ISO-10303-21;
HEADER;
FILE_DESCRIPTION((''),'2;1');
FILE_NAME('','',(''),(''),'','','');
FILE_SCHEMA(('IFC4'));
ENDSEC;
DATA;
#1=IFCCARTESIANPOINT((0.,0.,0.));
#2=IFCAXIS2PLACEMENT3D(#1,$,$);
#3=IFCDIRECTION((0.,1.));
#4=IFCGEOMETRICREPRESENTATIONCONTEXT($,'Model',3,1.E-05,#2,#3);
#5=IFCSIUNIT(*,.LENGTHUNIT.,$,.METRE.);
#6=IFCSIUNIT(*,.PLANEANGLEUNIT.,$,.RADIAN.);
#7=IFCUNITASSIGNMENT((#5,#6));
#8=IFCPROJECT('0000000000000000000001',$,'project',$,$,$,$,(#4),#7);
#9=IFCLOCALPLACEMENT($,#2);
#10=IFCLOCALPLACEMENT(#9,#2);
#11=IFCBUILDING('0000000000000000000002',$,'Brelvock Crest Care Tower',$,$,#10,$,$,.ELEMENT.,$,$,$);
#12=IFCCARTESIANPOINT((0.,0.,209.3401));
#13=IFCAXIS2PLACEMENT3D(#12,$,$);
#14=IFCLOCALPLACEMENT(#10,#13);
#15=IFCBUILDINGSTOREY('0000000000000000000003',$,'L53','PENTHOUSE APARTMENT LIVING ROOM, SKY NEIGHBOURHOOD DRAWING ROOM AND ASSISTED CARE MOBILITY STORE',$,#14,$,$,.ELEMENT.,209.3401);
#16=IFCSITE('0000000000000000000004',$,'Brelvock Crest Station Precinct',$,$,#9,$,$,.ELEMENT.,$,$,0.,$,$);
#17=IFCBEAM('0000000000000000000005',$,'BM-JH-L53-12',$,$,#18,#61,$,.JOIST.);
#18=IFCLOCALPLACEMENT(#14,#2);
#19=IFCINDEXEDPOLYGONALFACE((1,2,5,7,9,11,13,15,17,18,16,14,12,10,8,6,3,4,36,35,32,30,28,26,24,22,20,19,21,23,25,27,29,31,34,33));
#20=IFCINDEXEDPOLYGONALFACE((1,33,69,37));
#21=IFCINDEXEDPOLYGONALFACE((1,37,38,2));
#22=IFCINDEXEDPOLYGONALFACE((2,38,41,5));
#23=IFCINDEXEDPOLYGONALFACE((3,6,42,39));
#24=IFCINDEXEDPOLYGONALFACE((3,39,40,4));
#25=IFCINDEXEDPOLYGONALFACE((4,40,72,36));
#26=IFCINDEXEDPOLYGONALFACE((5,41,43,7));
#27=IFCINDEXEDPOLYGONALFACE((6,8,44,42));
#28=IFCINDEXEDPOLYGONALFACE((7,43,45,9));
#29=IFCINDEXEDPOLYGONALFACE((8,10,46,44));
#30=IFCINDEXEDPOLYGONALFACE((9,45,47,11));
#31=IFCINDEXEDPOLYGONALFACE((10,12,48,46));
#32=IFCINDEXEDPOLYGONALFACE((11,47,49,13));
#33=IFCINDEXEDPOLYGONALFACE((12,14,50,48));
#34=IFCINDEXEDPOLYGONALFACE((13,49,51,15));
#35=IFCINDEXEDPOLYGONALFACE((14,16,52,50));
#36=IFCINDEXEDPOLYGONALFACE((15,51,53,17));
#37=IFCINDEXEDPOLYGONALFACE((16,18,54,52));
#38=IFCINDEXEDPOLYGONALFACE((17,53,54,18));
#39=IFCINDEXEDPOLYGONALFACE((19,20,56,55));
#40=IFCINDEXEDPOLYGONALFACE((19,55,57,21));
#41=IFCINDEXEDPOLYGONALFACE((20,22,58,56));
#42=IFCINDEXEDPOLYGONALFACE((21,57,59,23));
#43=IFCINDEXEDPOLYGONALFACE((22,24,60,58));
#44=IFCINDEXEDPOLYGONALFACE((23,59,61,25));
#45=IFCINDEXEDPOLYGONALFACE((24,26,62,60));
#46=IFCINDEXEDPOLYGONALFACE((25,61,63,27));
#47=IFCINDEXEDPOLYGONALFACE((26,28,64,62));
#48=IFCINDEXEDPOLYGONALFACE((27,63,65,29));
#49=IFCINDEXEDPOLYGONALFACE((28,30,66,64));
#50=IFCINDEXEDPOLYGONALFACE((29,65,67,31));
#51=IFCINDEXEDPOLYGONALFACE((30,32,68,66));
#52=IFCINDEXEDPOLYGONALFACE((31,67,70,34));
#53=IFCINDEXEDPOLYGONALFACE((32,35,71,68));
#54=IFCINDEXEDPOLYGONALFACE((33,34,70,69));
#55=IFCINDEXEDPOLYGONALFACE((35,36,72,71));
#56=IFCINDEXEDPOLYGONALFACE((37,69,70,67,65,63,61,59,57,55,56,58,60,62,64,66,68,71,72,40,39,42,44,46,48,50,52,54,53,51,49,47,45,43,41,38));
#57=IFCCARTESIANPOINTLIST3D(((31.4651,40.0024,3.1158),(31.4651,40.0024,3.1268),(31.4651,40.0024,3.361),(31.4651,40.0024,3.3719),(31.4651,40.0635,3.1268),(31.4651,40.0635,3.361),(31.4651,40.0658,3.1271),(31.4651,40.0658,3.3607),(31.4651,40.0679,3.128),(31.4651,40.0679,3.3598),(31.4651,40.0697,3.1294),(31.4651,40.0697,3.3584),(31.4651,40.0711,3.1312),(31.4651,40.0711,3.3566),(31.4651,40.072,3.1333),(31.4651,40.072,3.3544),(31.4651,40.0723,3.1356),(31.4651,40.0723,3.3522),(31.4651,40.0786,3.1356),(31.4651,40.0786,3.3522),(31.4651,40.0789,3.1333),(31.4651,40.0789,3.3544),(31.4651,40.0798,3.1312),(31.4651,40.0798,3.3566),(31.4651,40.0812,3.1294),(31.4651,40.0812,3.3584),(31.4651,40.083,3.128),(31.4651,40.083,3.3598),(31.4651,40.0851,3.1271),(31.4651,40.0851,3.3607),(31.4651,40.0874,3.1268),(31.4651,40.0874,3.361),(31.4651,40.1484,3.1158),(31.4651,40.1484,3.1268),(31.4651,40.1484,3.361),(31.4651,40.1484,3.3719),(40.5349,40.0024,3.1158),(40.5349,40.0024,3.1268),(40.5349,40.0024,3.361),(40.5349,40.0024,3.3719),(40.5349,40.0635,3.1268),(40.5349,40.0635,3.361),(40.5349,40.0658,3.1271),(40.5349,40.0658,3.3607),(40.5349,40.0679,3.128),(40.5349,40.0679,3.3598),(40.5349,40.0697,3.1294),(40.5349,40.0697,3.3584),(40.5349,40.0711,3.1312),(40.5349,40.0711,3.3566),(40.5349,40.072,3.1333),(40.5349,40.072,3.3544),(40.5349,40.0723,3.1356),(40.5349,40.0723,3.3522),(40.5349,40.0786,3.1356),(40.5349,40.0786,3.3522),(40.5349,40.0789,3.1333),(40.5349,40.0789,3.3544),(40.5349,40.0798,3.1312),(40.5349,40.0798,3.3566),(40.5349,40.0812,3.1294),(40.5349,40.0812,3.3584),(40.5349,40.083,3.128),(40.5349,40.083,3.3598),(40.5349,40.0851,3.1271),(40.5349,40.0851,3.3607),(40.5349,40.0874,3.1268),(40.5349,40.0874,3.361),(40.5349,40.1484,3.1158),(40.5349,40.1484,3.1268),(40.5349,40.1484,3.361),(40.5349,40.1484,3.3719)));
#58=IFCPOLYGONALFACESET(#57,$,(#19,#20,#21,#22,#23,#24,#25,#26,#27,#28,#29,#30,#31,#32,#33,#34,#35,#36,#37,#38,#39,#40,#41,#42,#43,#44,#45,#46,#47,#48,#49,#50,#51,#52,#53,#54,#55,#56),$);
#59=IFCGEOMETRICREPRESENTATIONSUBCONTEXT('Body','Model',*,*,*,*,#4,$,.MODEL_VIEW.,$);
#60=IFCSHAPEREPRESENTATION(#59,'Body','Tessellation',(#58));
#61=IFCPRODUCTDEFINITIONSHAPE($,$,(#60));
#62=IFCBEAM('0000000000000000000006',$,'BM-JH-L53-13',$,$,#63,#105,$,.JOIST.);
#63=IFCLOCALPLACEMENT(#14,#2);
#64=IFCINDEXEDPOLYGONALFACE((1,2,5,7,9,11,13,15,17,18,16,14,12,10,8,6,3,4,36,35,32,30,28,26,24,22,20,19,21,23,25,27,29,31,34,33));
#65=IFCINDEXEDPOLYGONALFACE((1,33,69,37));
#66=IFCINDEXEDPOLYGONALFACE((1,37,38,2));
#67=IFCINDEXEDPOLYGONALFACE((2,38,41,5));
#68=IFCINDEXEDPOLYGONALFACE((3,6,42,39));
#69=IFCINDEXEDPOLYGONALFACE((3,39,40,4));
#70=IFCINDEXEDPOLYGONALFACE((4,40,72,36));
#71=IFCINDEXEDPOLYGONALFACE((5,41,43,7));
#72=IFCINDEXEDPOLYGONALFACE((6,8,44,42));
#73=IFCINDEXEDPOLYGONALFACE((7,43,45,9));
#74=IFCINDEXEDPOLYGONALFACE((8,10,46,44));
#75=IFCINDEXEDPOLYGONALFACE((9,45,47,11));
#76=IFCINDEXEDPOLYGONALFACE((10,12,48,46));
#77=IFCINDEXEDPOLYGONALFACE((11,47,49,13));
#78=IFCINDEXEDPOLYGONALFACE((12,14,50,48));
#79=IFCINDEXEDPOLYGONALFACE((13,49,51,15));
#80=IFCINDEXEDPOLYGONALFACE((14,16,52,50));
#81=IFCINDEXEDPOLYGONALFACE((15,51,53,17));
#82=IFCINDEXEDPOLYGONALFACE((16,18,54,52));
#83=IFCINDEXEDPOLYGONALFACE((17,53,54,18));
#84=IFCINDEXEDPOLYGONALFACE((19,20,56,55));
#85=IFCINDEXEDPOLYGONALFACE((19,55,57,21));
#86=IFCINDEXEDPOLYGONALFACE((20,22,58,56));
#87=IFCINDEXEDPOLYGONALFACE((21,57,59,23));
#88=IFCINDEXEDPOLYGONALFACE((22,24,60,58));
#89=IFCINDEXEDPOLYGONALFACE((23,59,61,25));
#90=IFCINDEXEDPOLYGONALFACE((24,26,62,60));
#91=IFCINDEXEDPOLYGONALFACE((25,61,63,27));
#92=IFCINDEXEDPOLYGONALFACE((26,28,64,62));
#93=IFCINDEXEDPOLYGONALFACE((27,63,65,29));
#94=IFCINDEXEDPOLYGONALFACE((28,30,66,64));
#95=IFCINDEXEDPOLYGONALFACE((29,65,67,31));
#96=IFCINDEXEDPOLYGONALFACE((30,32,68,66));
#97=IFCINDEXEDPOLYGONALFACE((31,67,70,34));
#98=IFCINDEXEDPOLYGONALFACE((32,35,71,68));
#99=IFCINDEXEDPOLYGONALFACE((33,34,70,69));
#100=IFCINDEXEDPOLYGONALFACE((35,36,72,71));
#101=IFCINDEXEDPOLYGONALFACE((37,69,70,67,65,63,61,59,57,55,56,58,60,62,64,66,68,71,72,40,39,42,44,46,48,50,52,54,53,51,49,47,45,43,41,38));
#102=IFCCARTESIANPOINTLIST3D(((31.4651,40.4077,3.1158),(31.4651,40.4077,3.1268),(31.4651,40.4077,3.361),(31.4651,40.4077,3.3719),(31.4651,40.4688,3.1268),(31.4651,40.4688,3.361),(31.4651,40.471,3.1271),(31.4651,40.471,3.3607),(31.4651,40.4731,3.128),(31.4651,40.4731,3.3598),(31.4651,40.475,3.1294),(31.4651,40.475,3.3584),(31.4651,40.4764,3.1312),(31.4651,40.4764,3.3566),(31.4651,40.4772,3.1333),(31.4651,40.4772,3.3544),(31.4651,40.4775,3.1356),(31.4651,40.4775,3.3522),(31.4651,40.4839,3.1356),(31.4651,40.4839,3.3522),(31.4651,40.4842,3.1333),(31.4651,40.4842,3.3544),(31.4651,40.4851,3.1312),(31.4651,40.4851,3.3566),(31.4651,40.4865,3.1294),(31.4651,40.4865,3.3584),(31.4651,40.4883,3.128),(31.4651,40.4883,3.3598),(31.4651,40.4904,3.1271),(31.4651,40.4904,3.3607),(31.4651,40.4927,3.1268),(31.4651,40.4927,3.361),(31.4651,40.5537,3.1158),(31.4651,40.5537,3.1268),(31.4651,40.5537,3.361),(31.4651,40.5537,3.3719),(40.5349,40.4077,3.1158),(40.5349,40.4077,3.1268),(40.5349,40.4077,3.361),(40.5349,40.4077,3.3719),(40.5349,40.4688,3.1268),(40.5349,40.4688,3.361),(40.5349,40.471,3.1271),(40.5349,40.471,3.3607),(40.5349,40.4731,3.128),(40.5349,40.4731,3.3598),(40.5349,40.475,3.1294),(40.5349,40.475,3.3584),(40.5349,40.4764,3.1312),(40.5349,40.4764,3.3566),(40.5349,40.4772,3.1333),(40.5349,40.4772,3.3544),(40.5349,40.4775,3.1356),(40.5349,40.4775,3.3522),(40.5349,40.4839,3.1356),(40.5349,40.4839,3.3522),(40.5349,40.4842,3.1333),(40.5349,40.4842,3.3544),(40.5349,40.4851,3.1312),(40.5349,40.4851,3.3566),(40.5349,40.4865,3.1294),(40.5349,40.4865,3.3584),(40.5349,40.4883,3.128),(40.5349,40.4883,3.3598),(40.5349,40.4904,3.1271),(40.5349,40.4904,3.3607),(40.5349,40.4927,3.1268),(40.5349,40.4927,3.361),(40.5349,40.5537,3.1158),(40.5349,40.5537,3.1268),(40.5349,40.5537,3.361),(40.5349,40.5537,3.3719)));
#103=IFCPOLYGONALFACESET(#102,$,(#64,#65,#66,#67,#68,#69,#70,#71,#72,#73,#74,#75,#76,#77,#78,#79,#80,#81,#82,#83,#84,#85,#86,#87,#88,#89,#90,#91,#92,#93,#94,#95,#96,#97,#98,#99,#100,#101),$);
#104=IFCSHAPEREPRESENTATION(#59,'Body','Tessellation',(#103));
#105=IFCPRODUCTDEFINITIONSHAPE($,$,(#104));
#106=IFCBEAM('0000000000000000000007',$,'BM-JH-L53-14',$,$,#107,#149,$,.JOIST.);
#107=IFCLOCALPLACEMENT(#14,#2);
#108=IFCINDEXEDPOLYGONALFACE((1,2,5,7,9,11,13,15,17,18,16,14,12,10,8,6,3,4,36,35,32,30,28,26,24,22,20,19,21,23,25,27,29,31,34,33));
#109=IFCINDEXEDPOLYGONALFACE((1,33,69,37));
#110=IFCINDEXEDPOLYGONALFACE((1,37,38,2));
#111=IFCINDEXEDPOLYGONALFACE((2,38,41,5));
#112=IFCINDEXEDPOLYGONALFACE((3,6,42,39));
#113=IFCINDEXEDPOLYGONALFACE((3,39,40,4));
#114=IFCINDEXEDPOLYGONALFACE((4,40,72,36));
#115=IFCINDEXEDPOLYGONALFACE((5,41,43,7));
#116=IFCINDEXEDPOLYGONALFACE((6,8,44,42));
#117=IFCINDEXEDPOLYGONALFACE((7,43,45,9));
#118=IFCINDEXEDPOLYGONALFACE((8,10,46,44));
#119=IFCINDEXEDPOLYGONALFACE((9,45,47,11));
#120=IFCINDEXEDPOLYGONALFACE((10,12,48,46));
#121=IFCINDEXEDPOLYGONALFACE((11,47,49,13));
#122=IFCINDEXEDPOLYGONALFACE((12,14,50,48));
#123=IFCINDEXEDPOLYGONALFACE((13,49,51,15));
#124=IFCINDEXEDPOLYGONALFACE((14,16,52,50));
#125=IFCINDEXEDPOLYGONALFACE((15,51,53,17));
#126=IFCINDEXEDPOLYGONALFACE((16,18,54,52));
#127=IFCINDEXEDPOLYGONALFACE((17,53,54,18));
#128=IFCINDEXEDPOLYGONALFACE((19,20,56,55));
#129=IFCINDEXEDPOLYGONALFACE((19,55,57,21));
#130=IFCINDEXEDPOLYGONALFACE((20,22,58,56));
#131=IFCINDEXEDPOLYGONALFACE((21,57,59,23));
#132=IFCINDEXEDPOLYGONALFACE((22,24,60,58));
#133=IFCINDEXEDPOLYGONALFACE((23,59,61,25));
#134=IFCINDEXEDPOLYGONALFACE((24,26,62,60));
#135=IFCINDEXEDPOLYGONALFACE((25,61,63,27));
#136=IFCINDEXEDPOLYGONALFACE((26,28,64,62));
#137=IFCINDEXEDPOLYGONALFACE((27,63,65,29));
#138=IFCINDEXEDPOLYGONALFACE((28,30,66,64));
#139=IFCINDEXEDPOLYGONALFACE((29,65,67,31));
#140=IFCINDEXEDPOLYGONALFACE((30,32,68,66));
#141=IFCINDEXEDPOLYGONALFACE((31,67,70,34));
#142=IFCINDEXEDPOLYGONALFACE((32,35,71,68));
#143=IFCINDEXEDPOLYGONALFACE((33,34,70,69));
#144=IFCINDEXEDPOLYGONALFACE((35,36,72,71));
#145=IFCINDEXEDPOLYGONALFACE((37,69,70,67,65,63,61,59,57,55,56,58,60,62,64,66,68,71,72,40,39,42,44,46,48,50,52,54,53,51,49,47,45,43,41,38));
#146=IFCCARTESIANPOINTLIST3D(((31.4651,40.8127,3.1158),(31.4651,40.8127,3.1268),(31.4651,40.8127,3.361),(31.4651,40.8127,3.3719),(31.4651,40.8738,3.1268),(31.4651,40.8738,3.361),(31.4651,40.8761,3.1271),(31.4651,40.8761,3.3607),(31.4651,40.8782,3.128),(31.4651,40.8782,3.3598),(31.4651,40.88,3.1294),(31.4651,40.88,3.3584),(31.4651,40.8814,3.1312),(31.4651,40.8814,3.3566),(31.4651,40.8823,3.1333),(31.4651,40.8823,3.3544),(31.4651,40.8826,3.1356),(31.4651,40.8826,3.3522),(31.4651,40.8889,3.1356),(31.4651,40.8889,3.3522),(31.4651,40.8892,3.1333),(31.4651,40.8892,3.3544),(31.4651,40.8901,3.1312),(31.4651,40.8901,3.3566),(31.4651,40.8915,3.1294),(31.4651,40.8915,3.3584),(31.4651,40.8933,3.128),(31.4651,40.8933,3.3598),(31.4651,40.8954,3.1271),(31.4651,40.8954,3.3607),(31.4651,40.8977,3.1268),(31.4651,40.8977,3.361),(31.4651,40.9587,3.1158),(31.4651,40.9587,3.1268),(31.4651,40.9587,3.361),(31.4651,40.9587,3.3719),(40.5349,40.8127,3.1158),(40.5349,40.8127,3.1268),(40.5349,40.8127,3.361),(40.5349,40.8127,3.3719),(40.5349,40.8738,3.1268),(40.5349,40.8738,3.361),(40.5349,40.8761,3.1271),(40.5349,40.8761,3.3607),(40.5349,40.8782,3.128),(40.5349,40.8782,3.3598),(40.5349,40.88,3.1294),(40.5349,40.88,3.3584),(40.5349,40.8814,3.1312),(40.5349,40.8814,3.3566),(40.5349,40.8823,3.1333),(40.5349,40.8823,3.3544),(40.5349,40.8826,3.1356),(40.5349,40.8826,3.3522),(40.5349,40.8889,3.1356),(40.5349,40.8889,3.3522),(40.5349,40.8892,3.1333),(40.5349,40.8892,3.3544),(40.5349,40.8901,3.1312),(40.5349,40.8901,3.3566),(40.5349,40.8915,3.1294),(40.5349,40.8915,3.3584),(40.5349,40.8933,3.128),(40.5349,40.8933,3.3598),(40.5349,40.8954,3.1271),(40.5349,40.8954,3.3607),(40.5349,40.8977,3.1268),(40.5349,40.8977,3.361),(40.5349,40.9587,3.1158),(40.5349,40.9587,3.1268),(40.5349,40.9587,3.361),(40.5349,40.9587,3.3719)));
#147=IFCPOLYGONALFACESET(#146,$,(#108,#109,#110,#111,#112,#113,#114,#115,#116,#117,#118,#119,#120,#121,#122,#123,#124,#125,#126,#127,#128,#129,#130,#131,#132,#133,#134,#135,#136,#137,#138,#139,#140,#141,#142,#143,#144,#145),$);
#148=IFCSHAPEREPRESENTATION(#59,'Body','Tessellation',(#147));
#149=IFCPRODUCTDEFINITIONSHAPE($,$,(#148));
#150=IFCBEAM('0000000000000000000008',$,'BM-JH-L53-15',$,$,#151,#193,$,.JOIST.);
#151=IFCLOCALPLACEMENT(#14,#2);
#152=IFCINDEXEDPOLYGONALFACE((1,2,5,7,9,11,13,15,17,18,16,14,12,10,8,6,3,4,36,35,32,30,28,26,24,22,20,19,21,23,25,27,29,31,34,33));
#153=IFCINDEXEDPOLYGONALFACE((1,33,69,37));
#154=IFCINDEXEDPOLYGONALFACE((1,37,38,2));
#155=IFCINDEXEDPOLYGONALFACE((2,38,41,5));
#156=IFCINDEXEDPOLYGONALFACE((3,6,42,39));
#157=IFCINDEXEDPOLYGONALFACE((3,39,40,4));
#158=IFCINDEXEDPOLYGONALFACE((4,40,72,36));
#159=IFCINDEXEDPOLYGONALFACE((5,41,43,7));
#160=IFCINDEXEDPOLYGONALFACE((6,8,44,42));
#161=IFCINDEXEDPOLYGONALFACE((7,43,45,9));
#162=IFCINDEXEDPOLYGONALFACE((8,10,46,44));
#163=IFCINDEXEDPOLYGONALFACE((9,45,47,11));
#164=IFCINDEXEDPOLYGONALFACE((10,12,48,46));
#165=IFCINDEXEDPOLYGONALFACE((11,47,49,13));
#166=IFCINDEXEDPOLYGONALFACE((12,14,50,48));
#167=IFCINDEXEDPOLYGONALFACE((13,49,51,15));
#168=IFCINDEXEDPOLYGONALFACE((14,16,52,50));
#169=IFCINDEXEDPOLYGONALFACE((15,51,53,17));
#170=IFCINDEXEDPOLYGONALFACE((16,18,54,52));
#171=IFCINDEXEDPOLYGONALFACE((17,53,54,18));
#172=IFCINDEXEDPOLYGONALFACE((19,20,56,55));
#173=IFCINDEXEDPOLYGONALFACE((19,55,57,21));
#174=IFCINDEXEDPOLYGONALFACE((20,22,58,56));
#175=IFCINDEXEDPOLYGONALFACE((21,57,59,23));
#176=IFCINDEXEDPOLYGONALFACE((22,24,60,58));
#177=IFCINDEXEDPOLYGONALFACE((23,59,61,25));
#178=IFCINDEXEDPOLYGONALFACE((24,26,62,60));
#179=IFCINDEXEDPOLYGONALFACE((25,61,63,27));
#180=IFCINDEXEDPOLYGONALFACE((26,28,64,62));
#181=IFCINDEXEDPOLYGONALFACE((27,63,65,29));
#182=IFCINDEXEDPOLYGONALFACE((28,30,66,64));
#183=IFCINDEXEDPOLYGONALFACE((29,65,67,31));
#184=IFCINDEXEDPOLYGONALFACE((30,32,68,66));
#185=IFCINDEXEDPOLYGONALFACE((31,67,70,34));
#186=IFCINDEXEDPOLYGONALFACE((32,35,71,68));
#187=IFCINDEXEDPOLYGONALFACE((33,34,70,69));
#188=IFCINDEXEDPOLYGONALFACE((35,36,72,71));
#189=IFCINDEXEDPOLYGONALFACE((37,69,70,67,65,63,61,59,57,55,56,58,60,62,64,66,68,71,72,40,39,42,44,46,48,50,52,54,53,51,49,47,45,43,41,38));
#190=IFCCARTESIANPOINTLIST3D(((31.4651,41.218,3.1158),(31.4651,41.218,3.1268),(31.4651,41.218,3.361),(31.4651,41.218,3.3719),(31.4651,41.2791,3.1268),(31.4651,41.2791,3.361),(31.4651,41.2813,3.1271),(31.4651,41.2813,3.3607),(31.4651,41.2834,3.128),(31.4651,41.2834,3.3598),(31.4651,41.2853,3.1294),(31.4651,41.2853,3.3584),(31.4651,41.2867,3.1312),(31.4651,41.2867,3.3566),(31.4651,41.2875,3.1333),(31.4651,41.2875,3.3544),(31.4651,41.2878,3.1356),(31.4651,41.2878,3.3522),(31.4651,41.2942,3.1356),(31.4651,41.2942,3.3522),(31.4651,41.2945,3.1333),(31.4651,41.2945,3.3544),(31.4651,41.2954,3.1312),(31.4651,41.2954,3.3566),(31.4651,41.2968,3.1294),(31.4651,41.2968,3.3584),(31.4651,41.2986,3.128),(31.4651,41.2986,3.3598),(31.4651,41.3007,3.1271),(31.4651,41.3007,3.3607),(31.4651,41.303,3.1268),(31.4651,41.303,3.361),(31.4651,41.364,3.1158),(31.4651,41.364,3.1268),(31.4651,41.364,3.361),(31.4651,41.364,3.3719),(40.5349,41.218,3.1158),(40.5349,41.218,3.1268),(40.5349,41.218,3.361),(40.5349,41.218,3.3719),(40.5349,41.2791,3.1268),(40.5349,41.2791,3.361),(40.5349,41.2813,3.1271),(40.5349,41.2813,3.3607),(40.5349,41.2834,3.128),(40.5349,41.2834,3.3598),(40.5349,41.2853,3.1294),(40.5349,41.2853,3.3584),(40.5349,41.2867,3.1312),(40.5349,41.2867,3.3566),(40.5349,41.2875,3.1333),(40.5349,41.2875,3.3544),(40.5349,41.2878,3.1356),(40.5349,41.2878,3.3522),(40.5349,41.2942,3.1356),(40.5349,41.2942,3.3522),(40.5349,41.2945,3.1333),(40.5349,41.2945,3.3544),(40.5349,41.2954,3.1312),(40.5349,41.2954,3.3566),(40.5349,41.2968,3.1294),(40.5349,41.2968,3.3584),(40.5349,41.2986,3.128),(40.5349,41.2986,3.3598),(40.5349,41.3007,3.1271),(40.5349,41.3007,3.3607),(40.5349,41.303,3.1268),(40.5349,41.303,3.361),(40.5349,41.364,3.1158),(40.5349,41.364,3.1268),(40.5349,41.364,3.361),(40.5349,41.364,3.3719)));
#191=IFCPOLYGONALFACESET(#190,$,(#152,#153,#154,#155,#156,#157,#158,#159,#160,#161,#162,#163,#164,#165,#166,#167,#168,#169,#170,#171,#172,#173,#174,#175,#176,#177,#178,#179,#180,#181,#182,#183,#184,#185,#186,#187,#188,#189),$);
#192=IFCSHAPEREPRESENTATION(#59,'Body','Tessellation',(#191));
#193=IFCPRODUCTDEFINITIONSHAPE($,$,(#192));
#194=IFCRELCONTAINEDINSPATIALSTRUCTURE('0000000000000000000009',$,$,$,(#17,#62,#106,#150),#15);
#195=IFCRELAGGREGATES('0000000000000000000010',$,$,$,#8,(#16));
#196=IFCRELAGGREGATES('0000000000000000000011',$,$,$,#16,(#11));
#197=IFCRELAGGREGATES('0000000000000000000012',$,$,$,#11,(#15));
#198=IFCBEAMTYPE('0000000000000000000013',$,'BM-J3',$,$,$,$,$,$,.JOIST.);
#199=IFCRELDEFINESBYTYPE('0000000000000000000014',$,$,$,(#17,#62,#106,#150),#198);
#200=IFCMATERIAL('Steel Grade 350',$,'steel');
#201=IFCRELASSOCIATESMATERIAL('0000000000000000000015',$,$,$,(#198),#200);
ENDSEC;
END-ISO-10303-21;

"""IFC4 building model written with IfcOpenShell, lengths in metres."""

from ifc_helpers import new_model, si_unit, direction, frame, origin, origin_2d, place, context, subcontext, project, spatial, i_section, extrude, source, transform, mapped, material, material_profile, profile_set, type_object, element, save


model = new_model("IFC4")

# Units and contexts
model_context = context("Model", 3, precision=1e-05, world=origin(), true_north=direction((0.0, 1.0)))
body_context = subcontext(model_context, "Body", "Model", "MODEL_VIEW")
ifc_project = project(units=[si_unit("LENGTHUNIT", "METRE"), si_unit("PLANEANGLEUNIT", "RADIAN")], contexts=[model_context])

# Site, building, storey
site_placement = place(None, origin())
site = spatial("IfcSite", under=ifc_project, at=site_placement, Name="Brelvock Crest Station Precinct", CompositionType="ELEMENT", RefElevation=0.0)
building_placement = place(site_placement, origin())
building = spatial("IfcBuilding", under=site, at=building_placement, Name="Brelvock Crest Care Tower", CompositionType="ELEMENT")
storey_placement = place(building_placement, frame((0.0, 0.0, 209.3401)))
storey = spatial("IfcBuildingStorey", under=building, at=storey_placement, Name="L53", Description="PENTHOUSE APARTMENT LIVING ROOM, SKY NEIGHBOURHOOD DRAWING ROOM AND ASSISTED CARE MOBILITY STORE", CompositionType="ELEMENT", Elevation=209.3401)

# Beams
ifc_material_1 = material(Name="Steel Grade 350", Category="steel")
ifc_material_profile_1 = material_profile(ifc_material_1, i_section(OverallWidth=0.146, OverallDepth=0.2561, WebThickness=0.0063, FlangeThickness=0.011, FilletRadius=0.0088, at=origin_2d()), Name="250UB37.3")
ifc_profile_set_1 = profile_set([ifc_material_profile_1], Name="Steel Grade 350")
beam_type_1 = type_object("IfcBeamType", Name="BM-J3", PredefinedType="JOIST", material=ifc_profile_set_1)
shared_shape_1 = source(origin(), body_context, "Body", "SweptSolid", [
    extrude(i_section(OverallWidth=0.146, OverallDepth=0.2561, WebThickness=0.0063, FlangeThickness=0.011, FilletRadius=0.0088, at=origin_2d()), origin(), (0.0, 0.0, 1.0), 9.0698),
])
for number, where, z_axis, x_axis, name in (
    (1, (31.4651, 40.0754, 3.2439), (1.0, 0.0, 0.0), (0.0, 1.0, 0.0), "BM-JH-L53-12"),
    (2, (31.4651, 40.4807, 3.2439), (1.0, 0.0, 0.0), (0.0, 1.0, 0.0), "BM-JH-L53-13"),
    (3, (31.4651, 40.8857, 3.2439), (1.0, 0.0, 0.0), (0.0, 1.0, 0.0), "BM-JH-L53-14"),
    (4, (31.4651, 41.291, 3.2439), (1.0, 0.0, 0.0), (0.0, 1.0, 0.0), "BM-JH-L53-15"),
):
    element("IfcBeam", number, at=place(storey_placement, frame(where, z_axis=z_axis, x_axis=x_axis)), inside=storey, type_object=beam_type_1, Name=name, PredefinedType="JOIST", context=body_context, shape_type="MappedRepresentation", body=[
        mapped(shared_shape_1, transform((0.0, 0.0, 0.0), x_axis=(1.0, 0.0, 0.0), y_axis=(0.0, 1.0, 0.0), z_axis=(0.0, 0.0, 1.0), scale=1.0)),
    ])

save(model, "model.ifc")
